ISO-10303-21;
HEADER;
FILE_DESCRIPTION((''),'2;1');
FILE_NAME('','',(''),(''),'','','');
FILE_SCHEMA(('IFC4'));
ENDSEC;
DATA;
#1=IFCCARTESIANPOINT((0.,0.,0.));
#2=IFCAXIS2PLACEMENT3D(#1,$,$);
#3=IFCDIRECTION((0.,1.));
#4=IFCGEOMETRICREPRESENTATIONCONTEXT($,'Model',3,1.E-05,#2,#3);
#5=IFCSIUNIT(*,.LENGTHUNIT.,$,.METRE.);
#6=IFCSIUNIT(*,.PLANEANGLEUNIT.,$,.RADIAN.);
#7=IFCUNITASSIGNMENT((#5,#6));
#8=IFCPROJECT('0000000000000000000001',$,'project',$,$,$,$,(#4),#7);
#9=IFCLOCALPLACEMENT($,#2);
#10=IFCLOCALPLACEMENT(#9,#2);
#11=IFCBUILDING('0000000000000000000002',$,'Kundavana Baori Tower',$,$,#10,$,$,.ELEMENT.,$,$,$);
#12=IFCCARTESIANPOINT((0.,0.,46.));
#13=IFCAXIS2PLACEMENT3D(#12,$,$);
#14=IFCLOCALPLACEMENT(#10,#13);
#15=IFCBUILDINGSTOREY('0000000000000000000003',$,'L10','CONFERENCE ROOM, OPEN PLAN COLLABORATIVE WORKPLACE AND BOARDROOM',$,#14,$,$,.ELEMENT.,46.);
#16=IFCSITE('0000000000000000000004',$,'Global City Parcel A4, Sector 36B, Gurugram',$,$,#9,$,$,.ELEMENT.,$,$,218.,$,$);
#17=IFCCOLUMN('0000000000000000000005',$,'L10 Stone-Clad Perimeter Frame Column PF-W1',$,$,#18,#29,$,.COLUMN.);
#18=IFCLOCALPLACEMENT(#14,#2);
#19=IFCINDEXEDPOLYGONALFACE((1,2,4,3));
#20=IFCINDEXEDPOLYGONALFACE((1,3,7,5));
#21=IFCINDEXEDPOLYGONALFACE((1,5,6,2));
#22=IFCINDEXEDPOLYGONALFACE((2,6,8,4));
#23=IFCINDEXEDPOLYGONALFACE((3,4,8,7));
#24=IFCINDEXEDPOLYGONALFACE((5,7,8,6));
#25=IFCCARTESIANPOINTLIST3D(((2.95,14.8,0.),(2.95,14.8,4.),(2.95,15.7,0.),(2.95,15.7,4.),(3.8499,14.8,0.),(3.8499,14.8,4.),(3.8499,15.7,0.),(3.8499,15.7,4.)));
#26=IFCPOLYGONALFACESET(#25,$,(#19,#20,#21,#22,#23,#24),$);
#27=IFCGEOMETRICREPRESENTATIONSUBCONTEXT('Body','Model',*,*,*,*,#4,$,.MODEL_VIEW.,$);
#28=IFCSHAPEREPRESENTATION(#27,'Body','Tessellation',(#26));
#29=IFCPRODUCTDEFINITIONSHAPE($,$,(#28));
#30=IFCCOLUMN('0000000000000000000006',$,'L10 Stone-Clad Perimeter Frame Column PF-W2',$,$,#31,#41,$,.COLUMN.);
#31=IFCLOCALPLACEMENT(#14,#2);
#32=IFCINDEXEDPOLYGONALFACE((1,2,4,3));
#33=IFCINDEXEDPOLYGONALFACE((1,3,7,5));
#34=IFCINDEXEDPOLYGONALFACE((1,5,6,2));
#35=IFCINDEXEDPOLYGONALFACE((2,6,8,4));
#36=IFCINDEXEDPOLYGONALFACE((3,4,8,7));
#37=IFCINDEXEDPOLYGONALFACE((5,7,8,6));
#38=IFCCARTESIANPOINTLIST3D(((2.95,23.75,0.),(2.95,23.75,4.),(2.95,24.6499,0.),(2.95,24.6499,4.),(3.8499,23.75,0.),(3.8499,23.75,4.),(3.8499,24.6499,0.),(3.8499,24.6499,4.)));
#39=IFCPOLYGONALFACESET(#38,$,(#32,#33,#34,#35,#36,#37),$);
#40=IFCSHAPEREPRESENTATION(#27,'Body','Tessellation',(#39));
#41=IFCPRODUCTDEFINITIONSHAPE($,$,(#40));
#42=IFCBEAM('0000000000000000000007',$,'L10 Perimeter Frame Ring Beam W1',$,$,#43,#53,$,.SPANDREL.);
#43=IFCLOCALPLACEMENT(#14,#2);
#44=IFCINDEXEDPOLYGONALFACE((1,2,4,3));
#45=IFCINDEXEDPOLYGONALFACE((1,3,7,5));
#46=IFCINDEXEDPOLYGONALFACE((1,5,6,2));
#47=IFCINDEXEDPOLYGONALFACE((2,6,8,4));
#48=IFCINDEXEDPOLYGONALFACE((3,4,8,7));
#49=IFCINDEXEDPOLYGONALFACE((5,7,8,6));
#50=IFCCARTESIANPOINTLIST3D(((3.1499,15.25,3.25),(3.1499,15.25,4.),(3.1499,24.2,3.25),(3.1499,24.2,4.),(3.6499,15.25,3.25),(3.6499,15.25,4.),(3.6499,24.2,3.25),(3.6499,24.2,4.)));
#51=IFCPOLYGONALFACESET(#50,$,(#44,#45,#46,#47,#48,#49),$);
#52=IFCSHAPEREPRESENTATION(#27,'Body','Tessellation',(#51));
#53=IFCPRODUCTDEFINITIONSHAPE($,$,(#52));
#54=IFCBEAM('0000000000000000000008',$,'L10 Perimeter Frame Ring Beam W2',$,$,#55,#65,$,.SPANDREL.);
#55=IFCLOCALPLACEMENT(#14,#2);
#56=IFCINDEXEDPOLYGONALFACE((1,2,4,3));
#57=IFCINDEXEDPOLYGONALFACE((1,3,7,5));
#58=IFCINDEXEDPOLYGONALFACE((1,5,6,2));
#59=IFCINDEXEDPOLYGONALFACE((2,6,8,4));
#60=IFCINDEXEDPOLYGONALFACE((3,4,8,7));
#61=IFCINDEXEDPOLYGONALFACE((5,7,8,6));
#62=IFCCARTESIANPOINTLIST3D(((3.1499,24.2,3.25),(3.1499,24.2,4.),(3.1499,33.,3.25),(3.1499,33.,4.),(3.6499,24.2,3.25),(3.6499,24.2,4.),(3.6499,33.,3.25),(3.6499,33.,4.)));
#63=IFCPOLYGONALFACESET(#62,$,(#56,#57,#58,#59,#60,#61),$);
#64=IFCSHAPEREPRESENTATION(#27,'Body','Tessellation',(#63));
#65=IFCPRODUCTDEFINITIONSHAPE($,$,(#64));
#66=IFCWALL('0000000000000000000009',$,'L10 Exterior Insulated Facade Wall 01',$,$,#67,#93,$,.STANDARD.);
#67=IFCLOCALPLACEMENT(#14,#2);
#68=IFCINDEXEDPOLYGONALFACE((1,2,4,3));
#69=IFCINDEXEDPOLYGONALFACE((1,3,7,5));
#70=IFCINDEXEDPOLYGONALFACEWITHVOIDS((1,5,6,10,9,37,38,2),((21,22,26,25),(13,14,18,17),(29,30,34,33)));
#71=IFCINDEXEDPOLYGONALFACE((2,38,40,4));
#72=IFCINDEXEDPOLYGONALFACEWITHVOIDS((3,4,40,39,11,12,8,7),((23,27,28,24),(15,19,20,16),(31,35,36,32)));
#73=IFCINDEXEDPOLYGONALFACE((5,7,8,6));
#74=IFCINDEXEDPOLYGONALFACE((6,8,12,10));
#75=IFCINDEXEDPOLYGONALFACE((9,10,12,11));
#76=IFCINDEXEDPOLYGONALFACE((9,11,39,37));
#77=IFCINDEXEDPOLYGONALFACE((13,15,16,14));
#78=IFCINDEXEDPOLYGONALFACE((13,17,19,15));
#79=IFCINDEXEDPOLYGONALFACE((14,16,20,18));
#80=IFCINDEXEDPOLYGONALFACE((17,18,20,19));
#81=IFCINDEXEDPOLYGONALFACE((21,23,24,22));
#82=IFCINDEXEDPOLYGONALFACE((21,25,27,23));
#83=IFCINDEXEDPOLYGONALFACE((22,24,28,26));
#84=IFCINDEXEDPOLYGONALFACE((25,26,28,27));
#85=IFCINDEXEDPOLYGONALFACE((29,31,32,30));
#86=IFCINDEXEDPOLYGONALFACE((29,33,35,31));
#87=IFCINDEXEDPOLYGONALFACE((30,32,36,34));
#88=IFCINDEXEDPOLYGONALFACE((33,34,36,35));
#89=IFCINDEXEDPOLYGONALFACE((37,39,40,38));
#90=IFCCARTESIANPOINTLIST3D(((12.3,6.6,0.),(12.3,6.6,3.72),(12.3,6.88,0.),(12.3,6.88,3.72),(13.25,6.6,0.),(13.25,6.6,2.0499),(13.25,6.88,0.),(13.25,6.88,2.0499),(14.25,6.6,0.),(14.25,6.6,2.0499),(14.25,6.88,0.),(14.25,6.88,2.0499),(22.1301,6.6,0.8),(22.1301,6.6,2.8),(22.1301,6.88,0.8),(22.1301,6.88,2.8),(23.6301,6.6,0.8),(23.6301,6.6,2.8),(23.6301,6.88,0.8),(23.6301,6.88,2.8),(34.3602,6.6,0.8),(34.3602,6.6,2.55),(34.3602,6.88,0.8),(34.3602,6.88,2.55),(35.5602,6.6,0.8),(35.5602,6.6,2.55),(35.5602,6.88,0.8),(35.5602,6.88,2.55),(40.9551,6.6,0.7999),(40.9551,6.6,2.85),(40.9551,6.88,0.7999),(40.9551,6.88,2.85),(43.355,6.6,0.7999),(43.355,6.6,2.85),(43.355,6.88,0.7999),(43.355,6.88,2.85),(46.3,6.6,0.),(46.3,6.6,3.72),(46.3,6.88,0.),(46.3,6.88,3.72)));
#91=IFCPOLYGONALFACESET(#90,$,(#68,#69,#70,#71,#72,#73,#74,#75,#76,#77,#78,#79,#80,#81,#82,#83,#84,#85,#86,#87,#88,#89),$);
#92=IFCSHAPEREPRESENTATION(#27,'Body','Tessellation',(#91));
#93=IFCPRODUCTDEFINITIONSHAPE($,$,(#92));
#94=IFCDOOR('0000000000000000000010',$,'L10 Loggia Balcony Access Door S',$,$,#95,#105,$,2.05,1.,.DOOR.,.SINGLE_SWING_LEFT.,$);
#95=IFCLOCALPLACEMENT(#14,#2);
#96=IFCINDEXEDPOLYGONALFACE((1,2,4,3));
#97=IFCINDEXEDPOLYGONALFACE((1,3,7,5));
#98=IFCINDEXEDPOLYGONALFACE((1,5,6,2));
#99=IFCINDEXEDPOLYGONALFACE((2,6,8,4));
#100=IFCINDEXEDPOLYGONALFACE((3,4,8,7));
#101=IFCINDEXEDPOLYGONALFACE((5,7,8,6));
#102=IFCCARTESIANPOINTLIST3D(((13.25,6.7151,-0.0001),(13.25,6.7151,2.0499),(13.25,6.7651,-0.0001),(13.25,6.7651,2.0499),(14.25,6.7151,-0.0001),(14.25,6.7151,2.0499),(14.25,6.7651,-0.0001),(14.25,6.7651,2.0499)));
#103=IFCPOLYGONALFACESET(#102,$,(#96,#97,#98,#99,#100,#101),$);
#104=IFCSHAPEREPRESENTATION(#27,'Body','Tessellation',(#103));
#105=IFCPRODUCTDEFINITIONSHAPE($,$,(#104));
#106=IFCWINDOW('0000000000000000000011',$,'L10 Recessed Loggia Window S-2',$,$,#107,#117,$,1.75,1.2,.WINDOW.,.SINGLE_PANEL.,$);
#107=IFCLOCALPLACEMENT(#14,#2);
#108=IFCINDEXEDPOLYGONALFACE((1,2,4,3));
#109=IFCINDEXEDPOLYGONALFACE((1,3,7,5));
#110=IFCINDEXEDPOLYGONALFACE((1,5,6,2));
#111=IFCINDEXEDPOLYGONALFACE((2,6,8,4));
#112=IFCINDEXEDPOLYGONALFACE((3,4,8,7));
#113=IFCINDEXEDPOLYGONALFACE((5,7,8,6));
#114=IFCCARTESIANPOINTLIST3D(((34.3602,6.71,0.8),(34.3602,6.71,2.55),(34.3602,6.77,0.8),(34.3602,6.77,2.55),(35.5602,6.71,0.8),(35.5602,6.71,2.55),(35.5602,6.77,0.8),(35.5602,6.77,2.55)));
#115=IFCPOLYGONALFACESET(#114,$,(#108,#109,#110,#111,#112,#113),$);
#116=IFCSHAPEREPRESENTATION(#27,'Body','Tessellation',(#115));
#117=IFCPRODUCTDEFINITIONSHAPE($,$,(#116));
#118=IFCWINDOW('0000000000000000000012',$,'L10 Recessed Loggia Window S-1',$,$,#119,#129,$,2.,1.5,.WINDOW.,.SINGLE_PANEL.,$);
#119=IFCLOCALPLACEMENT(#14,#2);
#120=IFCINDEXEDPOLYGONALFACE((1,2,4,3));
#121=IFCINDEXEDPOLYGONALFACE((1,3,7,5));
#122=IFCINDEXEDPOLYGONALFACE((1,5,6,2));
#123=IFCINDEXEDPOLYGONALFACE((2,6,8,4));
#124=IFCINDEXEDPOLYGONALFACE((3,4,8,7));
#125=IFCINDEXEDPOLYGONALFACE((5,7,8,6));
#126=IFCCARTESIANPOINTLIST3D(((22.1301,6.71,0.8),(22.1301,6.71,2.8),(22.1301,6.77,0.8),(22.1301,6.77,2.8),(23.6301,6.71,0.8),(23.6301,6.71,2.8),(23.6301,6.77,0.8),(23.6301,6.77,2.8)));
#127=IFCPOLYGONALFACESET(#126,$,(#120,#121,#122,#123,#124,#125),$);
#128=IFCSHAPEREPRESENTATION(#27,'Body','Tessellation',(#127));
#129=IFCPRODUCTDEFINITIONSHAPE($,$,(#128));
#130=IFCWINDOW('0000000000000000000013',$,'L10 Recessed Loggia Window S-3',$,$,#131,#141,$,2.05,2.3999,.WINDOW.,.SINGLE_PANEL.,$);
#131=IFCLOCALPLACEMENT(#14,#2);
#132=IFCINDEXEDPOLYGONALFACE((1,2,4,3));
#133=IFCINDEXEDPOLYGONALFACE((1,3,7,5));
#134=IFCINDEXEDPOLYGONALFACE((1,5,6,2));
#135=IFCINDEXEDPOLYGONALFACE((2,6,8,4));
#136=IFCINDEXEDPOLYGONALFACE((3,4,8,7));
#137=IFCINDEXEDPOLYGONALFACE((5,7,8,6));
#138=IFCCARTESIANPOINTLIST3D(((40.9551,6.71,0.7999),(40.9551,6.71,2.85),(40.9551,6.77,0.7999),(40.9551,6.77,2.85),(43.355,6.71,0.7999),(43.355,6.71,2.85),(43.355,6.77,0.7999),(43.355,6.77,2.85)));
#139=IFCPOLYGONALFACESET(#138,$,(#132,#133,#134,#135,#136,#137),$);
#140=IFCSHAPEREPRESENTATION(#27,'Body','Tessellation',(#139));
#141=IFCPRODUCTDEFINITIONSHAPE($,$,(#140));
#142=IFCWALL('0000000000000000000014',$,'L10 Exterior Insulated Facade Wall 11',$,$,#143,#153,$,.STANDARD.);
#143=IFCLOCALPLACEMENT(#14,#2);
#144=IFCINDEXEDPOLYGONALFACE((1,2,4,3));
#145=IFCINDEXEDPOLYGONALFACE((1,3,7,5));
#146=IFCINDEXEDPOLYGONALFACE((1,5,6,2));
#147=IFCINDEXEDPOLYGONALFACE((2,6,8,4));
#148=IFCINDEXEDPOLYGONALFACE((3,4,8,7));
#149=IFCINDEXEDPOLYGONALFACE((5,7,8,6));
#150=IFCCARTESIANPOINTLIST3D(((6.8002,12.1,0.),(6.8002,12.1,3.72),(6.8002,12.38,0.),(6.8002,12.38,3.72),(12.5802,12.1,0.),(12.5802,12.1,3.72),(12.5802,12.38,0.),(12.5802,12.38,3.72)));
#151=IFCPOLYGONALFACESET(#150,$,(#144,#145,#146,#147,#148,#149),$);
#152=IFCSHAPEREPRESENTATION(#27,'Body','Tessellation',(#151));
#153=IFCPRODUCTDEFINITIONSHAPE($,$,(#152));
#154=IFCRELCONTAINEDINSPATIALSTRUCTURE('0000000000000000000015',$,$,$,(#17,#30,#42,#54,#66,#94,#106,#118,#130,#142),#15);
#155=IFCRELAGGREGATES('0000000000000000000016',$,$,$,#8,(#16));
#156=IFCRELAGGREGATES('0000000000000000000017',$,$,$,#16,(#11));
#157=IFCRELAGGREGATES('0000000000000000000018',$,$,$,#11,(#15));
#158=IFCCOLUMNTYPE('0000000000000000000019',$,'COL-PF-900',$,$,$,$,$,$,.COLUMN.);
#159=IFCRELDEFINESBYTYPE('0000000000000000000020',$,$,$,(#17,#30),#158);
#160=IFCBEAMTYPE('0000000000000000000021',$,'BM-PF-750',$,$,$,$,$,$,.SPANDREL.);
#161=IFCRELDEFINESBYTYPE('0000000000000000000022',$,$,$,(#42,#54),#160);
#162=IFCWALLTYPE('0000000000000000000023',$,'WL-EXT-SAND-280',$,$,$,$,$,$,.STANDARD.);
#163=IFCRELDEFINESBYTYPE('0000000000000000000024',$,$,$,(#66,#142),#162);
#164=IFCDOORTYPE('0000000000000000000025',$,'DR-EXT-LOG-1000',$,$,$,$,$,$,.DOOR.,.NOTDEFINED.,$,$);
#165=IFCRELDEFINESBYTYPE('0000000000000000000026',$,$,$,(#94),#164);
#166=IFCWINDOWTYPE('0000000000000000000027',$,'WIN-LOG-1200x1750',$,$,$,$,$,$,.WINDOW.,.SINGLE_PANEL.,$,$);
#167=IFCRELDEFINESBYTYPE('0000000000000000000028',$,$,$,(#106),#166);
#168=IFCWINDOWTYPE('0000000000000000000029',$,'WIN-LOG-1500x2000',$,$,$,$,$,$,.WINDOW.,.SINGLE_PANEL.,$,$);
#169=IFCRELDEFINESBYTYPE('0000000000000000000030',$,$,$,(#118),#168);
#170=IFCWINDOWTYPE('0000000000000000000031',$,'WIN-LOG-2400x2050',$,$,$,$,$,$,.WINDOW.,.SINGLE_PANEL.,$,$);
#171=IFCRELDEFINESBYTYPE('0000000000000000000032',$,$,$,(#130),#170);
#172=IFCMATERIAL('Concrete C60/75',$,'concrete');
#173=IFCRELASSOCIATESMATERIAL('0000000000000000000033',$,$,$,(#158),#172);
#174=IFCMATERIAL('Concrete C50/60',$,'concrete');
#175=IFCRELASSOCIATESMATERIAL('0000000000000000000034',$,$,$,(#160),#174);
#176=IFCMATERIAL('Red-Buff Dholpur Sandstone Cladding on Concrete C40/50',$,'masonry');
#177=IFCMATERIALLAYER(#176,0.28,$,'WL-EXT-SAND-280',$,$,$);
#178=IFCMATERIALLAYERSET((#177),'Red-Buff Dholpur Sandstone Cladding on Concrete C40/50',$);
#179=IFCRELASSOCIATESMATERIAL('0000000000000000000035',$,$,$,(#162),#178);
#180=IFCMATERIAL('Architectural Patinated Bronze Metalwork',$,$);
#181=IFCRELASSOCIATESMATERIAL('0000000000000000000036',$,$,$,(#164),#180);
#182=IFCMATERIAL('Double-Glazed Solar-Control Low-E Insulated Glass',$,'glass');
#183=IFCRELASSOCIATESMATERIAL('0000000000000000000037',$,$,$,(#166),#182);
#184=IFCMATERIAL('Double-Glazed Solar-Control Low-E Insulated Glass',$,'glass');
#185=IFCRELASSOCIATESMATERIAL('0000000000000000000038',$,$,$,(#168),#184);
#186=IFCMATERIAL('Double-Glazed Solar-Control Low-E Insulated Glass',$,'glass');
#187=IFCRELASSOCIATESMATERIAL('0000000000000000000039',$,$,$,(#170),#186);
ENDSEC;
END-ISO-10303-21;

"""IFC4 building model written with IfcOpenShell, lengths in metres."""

from ifc_helpers import new_model, si_unit, direction, frame, frame_2d, origin, origin_2d, place, context, subcontext, project, spatial, rectangle, extrude, material, layer, layer_set, material_profile, profile_set, type_object, element, fill, save


model = new_model("IFC4")

# Units and contexts
model_context = context("Model", 3, precision=1e-05, world=origin(), true_north=direction((0.0, 1.0)))
body_context = subcontext(model_context, "Body", "Model", "MODEL_VIEW")
ifc_project = project(units=[si_unit("LENGTHUNIT", "METRE"), si_unit("PLANEANGLEUNIT", "RADIAN")], contexts=[model_context])

# Site, building, storey
site_placement = place(None, origin())
site = spatial("IfcSite", under=ifc_project, at=site_placement, Name="Global City Parcel A4, Sector 36B, Gurugram", CompositionType="ELEMENT", RefElevation=218.0)
building_placement = place(site_placement, origin())
building = spatial("IfcBuilding", under=site, at=building_placement, Name="Kundavana Baori Tower", CompositionType="ELEMENT")
storey_placement = place(building_placement, frame((0.0, 0.0, 46.0)))
storey = spatial("IfcBuildingStorey", under=building, at=storey_placement, Name="L10", Description="CONFERENCE ROOM, OPEN PLAN COLLABORATIVE WORKPLACE AND BOARDROOM", CompositionType="ELEMENT", Elevation=46.0)

# Columns
ifc_material_1 = material(Name="Concrete C60/75", Category="concrete")
ifc_material_profile_1 = material_profile(ifc_material_1, rectangle(XDim=0.8999, YDim=0.8999, at=origin_2d()), Name="RC PF 900x900")
ifc_profile_set_1 = profile_set([ifc_material_profile_1], Name="Concrete C60/75")
column_type = type_object("IfcColumnType", Name="COL-PF-900", PredefinedType="COLUMN", material=ifc_profile_set_1)
for number, where, z_axis, x_axis, name in (
    (1, (3.3999, 15.25, 0.0), (0.0, 0.0, 1.0), (1.0, 0.0, 0.0), "L10 Stone-Clad Perimeter Frame Column PF-W1"),
    (2, (3.3999, 24.2, 0.0), (0.0, 0.0, 1.0), (1.0, 0.0, 0.0), "L10 Stone-Clad Perimeter Frame Column PF-W2"),
):
    element("IfcColumn", number, at=place(storey_placement, frame(where, z_axis=z_axis, x_axis=x_axis)), inside=storey, type_object=column_type, Name=name, PredefinedType="COLUMN", context=body_context, shape_type="SweptSolid", body=[
        extrude(rectangle(XDim=0.8999, YDim=0.8999, at=origin_2d()), origin(), (0.0, 0.0, 1.0), 4.0),
    ])

# Beams
ifc_material_2 = material(Name="Concrete C50/60", Category="concrete")
ifc_material_profile_2 = material_profile(ifc_material_2, rectangle(XDim=0.5, YDim=0.75, at=origin_2d()), Name="RC BM 500x750")
ifc_profile_set_2 = profile_set([ifc_material_profile_2], Name="Concrete C50/60")
beam_type = type_object("IfcBeamType", Name="BM-PF-750", PredefinedType="SPANDREL", material=ifc_profile_set_2)
beam_1_placement = place(storey_placement, frame((3.3999, 15.25, 3.625), z_axis=(0.0, 1.0, 0.0), x_axis=(-1.0, 0.0, 0.0)))
element("IfcBeam", 3, at=beam_1_placement, inside=storey, type_object=beam_type, Name="L10 Perimeter Frame Ring Beam W1", PredefinedType="SPANDREL", context=body_context, shape_type="SweptSolid", body=[
    extrude(rectangle(XDim=0.5, YDim=0.75, at=origin_2d()), origin(), (0.0, 0.0, 1.0), 8.95),
])
beam_2_placement = place(storey_placement, frame((3.3999, 24.2, 3.625), z_axis=(0.0, 1.0, 0.0), x_axis=(-1.0, 0.0, 0.0)))
element("IfcBeam", 4, at=beam_2_placement, inside=storey, type_object=beam_type, Name="L10 Perimeter Frame Ring Beam W2", PredefinedType="SPANDREL", context=body_context, shape_type="SweptSolid", body=[
    extrude(rectangle(XDim=0.5, YDim=0.75, at=origin_2d()), origin(), (0.0, 0.0, 1.0), 8.8),
])

# Wall, openings, door, windows
ifc_material_3 = material(Name="Red-Buff Dholpur Sandstone Cladding on Concrete C40/50", Category="masonry")
ifc_layer_1 = layer(ifc_material_3, 0.28, Name="WL-EXT-SAND-280")
ifc_layer_set_1 = layer_set([ifc_layer_1], Name="Red-Buff Dholpur Sandstone Cladding on Concrete C40/50")
wall_type_1 = type_object("IfcWallType", Name="WL-EXT-SAND-280", PredefinedType="STANDARD", material=ifc_layer_set_1)
wall_1_placement = place(storey_placement, frame((12.3, 6.74, 0.0), z_axis=(0.0, 0.0, 1.0), x_axis=(1.0, 0.0, 0.0)))
wall_1 = element("IfcWall", 5, at=wall_1_placement, inside=storey, type_object=wall_type_1, Name="L10 Exterior Insulated Facade Wall 01", PredefinedType="STANDARD", context=body_context, shape_type="SweptSolid", body=[
    extrude(rectangle(XDim=34.0, YDim=0.28, at=frame_2d((17.0, 0.0))), origin(), (0.0, 0.0, 1.0), 3.72),
])
opening_1_placement = place(wall_1_placement, frame((0.95, 0.0, 0.0)))
opening_1 = element("IfcOpeningElement", 6, at=opening_1_placement, cuts=wall_1, PredefinedType="OPENING", context=body_context, shape_type="SweptSolid", body=[
    extrude(rectangle(XDim=1.0, YDim=2.05, at=frame_2d((0.5, 1.0249))), frame((0.0, 0.1499, 0.0), z_axis=(0.0, -1.0, 0.0), x_axis=(1.0, 0.0, 0.0)), (0.0, 0.0, 1.0), 0.3),
])
opening_2_placement = place(wall_1_placement, frame((9.8301, 0.0, 0.8)))
opening_2 = element("IfcOpeningElement", 7, at=opening_2_placement, cuts=wall_1, PredefinedType="OPENING", context=body_context, shape_type="SweptSolid", body=[
    extrude(rectangle(XDim=1.5, YDim=2.0, at=frame_2d((0.75, 1.0))), frame((0.0, 0.1499, 0.0), z_axis=(0.0, -1.0, 0.0), x_axis=(1.0, 0.0, 0.0)), (0.0, 0.0, 1.0), 0.3),
])
opening_3_placement = place(wall_1_placement, frame((22.0601, 0.0, 0.8)))
opening_3 = element("IfcOpeningElement", 8, at=opening_3_placement, cuts=wall_1, PredefinedType="OPENING", context=body_context, shape_type="SweptSolid", body=[
    extrude(rectangle(XDim=1.2, YDim=1.75, at=frame_2d((0.6001, 0.875))), frame((0.0, 0.1499, 0.0), z_axis=(0.0, -1.0, 0.0), x_axis=(1.0, 0.0, 0.0)), (0.0, 0.0, 1.0), 0.3),
])
opening_4_placement = place(wall_1_placement, frame((28.655, 0.0, 0.8)))
opening_4 = element("IfcOpeningElement", 9, at=opening_4_placement, cuts=wall_1, PredefinedType="OPENING", context=body_context, shape_type="SweptSolid", body=[
    extrude(rectangle(XDim=2.3999, YDim=2.05, at=frame_2d((1.2, 1.0249))), frame((0.0, 0.1499, 0.0), z_axis=(0.0, -1.0, 0.0), x_axis=(1.0, 0.0, 0.0)), (0.0, 0.0, 1.0), 0.3),
])
ifc_material_4 = material(Name="Architectural Patinated Bronze Metalwork")
door_type_1 = type_object("IfcDoorType", Name="DR-EXT-LOG-1000", OperationType="NOTDEFINED", PredefinedType="DOOR", material=ifc_material_4)
door_1_placement = place(opening_1_placement, frame((1.0, 0.0, 0.0), z_axis=(0.0, 0.0, 1.0), x_axis=(-1.0, 0.0, 0.0)))
door_1 = element("IfcDoor", 10, at=door_1_placement, inside=storey, type_object=door_type_1, Name="L10 Loggia Balcony Access Door S", OperationType="SINGLE_SWING_LEFT", OverallHeight=2.05, OverallWidth=1.0, PredefinedType="DOOR", context=body_context, shape_type="SweptSolid", body=[
    extrude(rectangle(XDim=1.0, YDim=2.05, at=frame_2d((0.5, 1.0249))), frame((0.0, 0.0249, 0.0), z_axis=(0.0, -1.0, 0.0), x_axis=(1.0, 0.0, 0.0)), (0.0, 0.0, 1.0), 0.05),
])
fill(opening_1, door_1)
ifc_material_5 = material(Name="Double-Glazed Solar-Control Low-E Insulated Glass", Category="glass")
window_type_1 = type_object("IfcWindowType", Name="WIN-LOG-1200x1750", PartitioningType="SINGLE_PANEL", PredefinedType="WINDOW", material=ifc_material_5)
window_1_placement = place(opening_3_placement, origin())
window_1 = element("IfcWindow", 11, at=window_1_placement, inside=storey, type_object=window_type_1, Name="L10 Recessed Loggia Window S-2", OverallHeight=1.75, OverallWidth=1.2, PartitioningType="SINGLE_PANEL", PredefinedType="WINDOW", context=body_context, shape_type="SweptSolid", body=[
    extrude(rectangle(XDim=1.2, YDim=1.75, at=frame_2d((0.6001, 0.875))), frame((0.0, 0.03, 0.0), z_axis=(0.0, -1.0, 0.0), x_axis=(1.0, 0.0, 0.0)), (0.0, 0.0, 1.0), 0.0601),
])
fill(opening_3, window_1)
ifc_material_6 = material(Name="Double-Glazed Solar-Control Low-E Insulated Glass", Category="glass")
window_type_2 = type_object("IfcWindowType", Name="WIN-LOG-1500x2000", PartitioningType="SINGLE_PANEL", PredefinedType="WINDOW", material=ifc_material_6)
window_2_placement = place(opening_2_placement, origin())
window_2 = element("IfcWindow", 12, at=window_2_placement, inside=storey, type_object=window_type_2, Name="L10 Recessed Loggia Window S-1", OverallHeight=2.0, OverallWidth=1.5, PartitioningType="SINGLE_PANEL", PredefinedType="WINDOW", context=body_context, shape_type="SweptSolid", body=[
    extrude(rectangle(XDim=1.5, YDim=2.0, at=frame_2d((0.75, 1.0))), frame((0.0, 0.03, 0.0), z_axis=(0.0, -1.0, 0.0), x_axis=(1.0, 0.0, 0.0)), (0.0, 0.0, 1.0), 0.0601),
])
fill(opening_2, window_2)
ifc_material_7 = material(Name="Double-Glazed Solar-Control Low-E Insulated Glass", Category="glass")
window_type_3 = type_object("IfcWindowType", Name="WIN-LOG-2400x2050", PartitioningType="SINGLE_PANEL", PredefinedType="WINDOW", material=ifc_material_7)
window_3_placement = place(opening_4_placement, origin())
window_3 = element("IfcWindow", 13, at=window_3_placement, inside=storey, type_object=window_type_3, Name="L10 Recessed Loggia Window S-3", OverallHeight=2.05, OverallWidth=2.3999, PartitioningType="SINGLE_PANEL", PredefinedType="WINDOW", context=body_context, shape_type="SweptSolid", body=[
    extrude(rectangle(XDim=2.3999, YDim=2.05, at=frame_2d((1.2, 1.0249))), frame((0.0, 0.03, 0.0), z_axis=(0.0, -1.0, 0.0), x_axis=(1.0, 0.0, 0.0)), (0.0, 0.0, 1.0), 0.0601),
])
fill(opening_4, window_3)

# Wall
wall_2_placement = place(storey_placement, frame((6.8, 12.24, 0.0), z_axis=(0.0, 0.0, 1.0), x_axis=(1.0, 0.0, 0.0)))
element("IfcWall", 14, at=wall_2_placement, inside=storey, type_object=wall_type_1, Name="L10 Exterior Insulated Facade Wall 11", PredefinedType="STANDARD", context=body_context, shape_type="SweptSolid", body=[
    extrude(rectangle(XDim=5.78, YDim=0.28, at=frame_2d((2.8901, 0.0))), origin(), (0.0, 0.0, 1.0), 3.72),
])

save(model, "model.ifc")
